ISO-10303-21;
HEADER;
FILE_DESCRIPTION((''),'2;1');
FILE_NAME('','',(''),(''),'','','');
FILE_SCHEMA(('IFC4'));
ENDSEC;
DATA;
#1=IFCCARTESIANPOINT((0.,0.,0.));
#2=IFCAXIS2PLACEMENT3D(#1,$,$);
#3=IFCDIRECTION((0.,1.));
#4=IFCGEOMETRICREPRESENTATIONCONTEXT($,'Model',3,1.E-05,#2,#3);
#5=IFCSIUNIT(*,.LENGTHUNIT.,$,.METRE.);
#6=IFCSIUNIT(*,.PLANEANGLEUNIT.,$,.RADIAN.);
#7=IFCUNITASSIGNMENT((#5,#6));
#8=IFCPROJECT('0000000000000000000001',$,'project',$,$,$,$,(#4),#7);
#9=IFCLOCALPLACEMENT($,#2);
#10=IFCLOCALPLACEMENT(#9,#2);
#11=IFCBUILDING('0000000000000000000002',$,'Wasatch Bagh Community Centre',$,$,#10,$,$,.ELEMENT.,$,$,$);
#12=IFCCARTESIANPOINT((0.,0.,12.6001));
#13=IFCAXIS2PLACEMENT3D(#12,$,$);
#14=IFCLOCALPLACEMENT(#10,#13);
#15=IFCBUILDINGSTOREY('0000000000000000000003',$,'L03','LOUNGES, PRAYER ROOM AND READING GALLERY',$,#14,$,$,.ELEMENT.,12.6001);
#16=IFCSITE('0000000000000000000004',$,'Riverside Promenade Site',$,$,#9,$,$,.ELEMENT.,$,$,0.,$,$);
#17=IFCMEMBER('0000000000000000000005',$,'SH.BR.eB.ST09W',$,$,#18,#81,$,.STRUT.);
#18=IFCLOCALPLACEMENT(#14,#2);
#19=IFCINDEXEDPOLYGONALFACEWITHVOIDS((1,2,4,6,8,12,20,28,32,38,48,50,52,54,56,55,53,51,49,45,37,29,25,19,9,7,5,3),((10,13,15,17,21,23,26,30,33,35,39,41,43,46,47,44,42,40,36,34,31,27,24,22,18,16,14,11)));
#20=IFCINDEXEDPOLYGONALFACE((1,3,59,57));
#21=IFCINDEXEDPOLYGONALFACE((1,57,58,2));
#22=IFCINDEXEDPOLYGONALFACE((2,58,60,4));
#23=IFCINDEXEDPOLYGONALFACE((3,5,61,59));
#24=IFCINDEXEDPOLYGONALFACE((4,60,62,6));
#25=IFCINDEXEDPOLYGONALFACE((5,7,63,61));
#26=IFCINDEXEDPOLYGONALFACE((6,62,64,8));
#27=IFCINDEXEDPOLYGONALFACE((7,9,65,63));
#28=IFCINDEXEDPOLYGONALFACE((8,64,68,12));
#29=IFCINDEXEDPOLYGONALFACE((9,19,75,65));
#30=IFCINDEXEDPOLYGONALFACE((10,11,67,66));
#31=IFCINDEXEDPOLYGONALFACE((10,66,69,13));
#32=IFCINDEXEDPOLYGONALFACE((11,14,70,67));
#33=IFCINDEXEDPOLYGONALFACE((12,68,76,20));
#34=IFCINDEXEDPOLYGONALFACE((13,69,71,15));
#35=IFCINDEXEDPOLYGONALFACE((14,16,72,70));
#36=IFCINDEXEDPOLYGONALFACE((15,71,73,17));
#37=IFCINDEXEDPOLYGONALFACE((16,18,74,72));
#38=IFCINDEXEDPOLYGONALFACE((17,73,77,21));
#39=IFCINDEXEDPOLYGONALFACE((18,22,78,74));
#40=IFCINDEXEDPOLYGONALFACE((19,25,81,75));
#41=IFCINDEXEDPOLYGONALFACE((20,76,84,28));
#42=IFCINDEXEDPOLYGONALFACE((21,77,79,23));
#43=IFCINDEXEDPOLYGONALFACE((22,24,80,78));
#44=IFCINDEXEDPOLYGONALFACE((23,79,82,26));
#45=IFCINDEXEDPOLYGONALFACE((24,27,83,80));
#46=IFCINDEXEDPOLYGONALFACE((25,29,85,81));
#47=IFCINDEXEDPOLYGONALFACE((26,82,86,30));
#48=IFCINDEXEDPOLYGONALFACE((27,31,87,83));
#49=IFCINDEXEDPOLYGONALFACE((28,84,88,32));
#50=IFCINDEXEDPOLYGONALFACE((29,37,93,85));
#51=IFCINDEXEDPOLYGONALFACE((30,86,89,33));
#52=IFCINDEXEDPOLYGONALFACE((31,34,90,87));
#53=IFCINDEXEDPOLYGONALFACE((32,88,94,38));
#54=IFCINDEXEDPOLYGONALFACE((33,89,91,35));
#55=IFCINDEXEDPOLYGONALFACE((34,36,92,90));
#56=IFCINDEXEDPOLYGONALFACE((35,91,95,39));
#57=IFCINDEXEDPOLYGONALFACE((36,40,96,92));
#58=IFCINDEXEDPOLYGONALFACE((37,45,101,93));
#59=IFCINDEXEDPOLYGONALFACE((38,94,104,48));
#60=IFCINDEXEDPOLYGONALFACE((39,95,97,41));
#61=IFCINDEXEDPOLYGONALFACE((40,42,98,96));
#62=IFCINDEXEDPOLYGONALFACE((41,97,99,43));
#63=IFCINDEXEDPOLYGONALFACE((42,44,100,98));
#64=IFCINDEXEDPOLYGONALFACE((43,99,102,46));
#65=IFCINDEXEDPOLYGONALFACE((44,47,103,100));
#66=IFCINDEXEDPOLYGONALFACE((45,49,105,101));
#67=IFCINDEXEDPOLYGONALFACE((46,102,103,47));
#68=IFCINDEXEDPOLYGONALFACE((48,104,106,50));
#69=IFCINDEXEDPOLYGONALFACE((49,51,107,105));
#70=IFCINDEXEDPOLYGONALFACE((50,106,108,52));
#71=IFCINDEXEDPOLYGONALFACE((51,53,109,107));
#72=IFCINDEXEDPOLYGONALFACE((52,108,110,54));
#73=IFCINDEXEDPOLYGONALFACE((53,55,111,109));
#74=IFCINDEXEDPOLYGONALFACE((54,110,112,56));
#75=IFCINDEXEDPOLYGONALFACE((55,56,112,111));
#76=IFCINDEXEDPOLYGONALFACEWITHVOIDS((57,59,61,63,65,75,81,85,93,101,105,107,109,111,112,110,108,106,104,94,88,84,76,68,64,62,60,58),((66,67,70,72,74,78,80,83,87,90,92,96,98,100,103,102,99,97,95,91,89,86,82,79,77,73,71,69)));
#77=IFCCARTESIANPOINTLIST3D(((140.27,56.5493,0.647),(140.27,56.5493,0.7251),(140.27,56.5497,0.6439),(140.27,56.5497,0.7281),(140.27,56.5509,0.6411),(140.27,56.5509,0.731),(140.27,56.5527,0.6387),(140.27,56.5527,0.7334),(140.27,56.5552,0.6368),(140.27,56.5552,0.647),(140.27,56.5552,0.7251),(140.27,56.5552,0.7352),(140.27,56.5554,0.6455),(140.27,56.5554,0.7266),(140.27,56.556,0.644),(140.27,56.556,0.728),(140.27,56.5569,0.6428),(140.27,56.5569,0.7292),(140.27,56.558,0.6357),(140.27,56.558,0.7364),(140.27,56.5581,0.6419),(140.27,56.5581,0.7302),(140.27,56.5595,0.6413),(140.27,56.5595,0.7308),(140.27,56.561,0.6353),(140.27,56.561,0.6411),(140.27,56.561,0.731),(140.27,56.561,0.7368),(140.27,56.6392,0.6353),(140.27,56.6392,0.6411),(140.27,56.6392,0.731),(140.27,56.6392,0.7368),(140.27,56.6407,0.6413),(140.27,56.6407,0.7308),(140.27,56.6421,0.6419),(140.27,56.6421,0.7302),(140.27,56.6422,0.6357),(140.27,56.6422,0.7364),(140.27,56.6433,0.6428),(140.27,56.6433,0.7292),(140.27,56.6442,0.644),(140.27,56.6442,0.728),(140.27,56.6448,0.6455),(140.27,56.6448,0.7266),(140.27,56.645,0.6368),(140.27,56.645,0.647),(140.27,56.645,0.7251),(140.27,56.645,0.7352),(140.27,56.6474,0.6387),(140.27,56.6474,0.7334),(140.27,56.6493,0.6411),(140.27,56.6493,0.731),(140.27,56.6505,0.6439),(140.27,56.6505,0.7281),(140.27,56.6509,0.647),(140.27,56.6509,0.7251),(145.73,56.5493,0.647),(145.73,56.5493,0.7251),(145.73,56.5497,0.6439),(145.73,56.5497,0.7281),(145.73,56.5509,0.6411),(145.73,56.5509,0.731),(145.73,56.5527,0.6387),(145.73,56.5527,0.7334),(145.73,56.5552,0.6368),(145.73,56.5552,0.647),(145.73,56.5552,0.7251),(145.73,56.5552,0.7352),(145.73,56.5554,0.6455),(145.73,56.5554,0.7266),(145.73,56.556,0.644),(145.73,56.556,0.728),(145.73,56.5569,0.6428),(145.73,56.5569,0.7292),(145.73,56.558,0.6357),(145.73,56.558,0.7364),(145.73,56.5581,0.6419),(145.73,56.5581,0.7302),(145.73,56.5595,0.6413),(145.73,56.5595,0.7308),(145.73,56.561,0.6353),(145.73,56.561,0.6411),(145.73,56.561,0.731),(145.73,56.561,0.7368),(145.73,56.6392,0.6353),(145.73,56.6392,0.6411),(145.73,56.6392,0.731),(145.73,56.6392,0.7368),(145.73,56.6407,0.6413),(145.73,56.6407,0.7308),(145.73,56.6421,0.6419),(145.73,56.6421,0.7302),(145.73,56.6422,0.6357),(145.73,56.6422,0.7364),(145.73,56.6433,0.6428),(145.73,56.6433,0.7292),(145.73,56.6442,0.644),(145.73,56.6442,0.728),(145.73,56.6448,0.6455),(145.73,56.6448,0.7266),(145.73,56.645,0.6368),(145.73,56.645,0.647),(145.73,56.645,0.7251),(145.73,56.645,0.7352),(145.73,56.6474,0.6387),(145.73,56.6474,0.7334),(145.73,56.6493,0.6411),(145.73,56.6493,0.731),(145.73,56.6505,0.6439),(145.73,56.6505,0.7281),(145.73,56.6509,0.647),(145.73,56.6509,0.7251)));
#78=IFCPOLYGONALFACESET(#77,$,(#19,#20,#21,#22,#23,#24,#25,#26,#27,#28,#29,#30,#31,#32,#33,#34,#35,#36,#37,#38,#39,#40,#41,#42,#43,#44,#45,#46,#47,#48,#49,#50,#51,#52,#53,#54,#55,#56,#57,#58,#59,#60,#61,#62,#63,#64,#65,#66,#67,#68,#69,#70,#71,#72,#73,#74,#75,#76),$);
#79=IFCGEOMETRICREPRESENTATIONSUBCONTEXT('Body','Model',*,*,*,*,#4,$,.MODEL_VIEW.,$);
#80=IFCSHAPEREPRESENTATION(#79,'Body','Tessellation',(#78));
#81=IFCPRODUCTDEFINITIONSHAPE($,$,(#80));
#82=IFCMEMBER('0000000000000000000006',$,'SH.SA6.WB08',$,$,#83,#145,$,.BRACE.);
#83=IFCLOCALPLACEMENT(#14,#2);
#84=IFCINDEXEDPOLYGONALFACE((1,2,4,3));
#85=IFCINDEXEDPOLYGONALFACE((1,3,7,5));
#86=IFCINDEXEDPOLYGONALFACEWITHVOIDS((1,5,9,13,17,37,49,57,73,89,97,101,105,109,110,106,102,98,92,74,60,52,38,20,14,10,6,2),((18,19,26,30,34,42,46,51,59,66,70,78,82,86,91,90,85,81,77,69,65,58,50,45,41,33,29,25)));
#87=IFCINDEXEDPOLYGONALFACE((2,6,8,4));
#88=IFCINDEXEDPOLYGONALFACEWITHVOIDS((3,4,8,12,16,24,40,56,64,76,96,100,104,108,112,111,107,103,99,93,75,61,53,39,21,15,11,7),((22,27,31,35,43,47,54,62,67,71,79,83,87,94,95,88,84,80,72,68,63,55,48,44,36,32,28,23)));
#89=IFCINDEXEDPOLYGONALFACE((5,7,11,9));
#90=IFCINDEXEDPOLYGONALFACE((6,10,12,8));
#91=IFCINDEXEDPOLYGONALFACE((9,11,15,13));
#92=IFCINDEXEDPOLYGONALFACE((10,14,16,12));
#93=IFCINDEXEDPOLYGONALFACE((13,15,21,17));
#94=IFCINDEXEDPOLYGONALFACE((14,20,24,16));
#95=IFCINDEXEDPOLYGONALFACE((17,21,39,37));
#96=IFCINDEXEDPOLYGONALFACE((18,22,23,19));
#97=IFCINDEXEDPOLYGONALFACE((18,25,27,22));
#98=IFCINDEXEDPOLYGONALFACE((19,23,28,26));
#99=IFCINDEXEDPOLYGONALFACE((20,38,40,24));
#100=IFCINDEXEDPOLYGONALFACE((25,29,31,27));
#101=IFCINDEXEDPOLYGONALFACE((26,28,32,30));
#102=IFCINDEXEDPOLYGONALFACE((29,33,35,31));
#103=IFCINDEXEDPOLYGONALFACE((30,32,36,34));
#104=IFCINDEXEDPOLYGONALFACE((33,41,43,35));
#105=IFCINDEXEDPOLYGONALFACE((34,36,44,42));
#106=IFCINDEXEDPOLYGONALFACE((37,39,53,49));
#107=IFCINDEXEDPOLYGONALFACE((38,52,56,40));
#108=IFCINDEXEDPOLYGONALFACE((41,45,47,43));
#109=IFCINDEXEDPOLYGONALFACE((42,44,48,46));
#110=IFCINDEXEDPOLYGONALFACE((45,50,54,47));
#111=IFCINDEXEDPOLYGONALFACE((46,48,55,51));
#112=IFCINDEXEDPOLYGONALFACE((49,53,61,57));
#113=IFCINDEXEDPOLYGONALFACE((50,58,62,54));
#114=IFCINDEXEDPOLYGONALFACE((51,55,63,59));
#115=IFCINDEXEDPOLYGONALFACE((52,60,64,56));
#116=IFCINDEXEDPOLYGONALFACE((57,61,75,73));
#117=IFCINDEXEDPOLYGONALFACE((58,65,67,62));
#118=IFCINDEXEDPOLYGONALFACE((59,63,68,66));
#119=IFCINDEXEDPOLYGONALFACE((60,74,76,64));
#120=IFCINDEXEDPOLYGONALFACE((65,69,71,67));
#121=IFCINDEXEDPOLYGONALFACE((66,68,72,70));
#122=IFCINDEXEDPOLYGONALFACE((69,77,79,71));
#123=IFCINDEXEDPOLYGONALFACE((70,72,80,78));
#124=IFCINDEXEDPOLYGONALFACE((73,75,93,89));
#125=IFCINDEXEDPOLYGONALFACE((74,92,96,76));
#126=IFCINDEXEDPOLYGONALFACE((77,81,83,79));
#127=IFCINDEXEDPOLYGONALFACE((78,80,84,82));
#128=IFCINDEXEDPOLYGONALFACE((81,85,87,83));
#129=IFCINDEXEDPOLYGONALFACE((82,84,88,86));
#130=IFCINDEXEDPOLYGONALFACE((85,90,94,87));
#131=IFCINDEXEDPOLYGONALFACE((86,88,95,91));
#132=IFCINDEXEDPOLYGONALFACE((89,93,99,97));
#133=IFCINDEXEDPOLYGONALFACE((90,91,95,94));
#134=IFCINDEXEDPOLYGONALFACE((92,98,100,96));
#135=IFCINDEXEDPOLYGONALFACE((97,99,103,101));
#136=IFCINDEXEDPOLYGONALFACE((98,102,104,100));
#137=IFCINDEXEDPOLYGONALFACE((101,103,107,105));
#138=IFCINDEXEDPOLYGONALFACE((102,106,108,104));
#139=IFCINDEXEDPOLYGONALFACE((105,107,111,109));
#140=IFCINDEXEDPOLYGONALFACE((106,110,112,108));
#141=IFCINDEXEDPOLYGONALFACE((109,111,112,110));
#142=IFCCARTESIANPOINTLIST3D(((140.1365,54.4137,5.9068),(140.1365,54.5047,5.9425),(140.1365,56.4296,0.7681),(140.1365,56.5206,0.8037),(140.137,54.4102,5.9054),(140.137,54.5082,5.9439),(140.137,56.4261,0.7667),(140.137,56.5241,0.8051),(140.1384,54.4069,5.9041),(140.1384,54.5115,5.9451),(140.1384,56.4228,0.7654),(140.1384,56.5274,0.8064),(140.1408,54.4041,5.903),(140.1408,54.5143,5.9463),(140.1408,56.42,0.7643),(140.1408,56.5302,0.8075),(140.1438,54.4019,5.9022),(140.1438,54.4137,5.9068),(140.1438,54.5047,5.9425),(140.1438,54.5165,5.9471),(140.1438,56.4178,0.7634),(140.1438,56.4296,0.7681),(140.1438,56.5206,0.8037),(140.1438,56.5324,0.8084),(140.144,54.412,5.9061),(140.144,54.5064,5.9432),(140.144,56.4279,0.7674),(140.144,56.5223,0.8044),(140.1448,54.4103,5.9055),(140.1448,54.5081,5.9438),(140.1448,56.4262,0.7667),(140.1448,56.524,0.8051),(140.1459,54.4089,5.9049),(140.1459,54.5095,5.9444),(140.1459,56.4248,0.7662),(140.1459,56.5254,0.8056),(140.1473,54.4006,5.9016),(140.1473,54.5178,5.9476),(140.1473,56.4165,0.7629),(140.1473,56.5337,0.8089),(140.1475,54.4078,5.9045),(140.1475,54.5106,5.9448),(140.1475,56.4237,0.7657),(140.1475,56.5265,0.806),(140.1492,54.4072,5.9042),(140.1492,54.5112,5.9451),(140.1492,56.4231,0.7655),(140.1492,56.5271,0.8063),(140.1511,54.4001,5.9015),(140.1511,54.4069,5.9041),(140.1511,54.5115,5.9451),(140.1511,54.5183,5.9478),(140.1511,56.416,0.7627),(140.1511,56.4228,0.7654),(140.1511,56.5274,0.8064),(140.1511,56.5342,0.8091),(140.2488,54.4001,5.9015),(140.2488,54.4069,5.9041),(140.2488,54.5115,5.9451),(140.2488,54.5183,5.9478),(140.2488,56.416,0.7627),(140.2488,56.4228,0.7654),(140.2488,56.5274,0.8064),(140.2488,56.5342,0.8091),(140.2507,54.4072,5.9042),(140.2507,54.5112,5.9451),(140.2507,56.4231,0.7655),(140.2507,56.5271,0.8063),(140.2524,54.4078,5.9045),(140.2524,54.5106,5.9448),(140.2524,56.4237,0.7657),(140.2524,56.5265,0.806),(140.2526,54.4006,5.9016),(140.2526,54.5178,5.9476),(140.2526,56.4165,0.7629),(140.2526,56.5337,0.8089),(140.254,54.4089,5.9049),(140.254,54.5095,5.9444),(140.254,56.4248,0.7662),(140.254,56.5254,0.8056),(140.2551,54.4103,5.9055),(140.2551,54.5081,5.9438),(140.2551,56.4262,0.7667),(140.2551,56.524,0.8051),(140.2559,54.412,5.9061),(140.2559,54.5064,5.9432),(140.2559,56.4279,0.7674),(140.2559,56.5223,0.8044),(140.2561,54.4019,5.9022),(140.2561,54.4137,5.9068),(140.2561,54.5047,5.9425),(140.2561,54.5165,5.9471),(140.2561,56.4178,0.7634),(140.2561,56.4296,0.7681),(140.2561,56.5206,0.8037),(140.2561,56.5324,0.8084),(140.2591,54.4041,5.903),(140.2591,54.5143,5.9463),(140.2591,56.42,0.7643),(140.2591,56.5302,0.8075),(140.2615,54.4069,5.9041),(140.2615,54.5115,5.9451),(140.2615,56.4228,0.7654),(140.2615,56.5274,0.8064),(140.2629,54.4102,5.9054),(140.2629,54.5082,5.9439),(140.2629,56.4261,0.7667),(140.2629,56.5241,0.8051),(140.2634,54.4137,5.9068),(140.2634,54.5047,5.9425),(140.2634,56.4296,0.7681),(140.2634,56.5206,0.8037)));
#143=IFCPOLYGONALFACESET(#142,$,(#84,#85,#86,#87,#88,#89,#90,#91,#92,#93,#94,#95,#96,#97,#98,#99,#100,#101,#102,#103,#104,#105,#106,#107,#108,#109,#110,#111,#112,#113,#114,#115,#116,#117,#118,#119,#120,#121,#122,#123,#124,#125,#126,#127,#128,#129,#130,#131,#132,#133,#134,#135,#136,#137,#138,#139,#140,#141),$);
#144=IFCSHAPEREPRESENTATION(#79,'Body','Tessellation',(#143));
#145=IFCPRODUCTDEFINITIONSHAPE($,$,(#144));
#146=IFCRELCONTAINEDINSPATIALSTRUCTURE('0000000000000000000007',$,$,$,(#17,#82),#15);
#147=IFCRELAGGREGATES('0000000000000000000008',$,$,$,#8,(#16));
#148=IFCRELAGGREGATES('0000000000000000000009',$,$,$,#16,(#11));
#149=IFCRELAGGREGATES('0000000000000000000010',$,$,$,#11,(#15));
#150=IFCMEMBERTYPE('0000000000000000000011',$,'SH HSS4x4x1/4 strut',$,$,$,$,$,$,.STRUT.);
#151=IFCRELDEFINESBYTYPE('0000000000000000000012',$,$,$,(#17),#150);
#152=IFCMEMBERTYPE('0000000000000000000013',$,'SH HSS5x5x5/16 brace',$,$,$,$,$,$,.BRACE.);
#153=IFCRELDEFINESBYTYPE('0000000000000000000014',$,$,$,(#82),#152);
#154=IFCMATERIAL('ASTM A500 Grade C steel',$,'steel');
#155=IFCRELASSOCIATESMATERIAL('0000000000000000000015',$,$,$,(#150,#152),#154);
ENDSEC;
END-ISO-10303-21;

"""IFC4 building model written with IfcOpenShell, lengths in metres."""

from ifc_helpers import new_model, si_unit, direction, frame, origin, origin_2d, place, context, subcontext, project, spatial, hollow_rectangle, extrude, material, material_profile, profile_set, type_object, element, save


model = new_model("IFC4")

# Units and contexts
model_context = context("Model", 3, precision=1e-05, world=origin(), true_north=direction((0.0, 1.0)))
body_context = subcontext(model_context, "Body", "Model", "MODEL_VIEW")
ifc_project = project(units=[si_unit("LENGTHUNIT", "METRE"), si_unit("PLANEANGLEUNIT", "RADIAN")], contexts=[model_context])

# Site, building, storey
site_placement = place(None, origin())
site = spatial("IfcSite", under=ifc_project, at=site_placement, Name="Riverside Promenade Site", CompositionType="ELEMENT", RefElevation=0.0)
building_placement = place(site_placement, origin())
building = spatial("IfcBuilding", under=site, at=building_placement, Name="Wasatch Bagh Community Centre", CompositionType="ELEMENT")
storey_placement = place(building_placement, frame((0.0, 0.0, 12.6001)))
storey = spatial("IfcBuildingStorey", under=building, at=storey_placement, Name="L03", Description="LOUNGES, PRAYER ROOM AND READING GALLERY", CompositionType="ELEMENT", Elevation=12.6001)

# Members
ifc_material_1 = material(Name="ASTM A500 Grade C steel", Category="steel")
ifc_material_profile_1 = material_profile(ifc_material_1, hollow_rectangle(XDim=0.1016, YDim=0.1016, WallThickness=0.0059, InnerFilletRadius=0.0059, OuterFilletRadius=0.0117, at=origin_2d()), Name="HSS4x4x1/4")
ifc_profile_set_1 = profile_set([ifc_material_profile_1], Name="ASTM A500 Grade C steel")
member_type_1 = type_object("IfcMemberType", Name="SH HSS4x4x1/4 strut", PredefinedType="STRUT", material=ifc_profile_set_1)
member_1_placement = place(storey_placement, frame((140.27, 56.6001, 0.686), z_axis=(1.0, 0.0, 0.0), x_axis=(0.0, 1.0, 0.0)))
element("IfcMember", 1, at=member_1_placement, inside=storey, type_object=member_type_1, Name="SH.BR.eB.ST09W", PredefinedType="STRUT", context=body_context, shape_type="SweptSolid", body=[
    extrude(hollow_rectangle(XDim=0.1016, YDim=0.1016, WallThickness=0.0059, InnerFilletRadius=0.0059, OuterFilletRadius=0.0117, at=origin_2d()), origin(), (0.0, 0.0, 1.0), 5.46),
])
ifc_material_profile_2 = material_profile(ifc_material_1, hollow_rectangle(XDim=0.127, YDim=0.127, WallThickness=0.0073, InnerFilletRadius=0.0073, OuterFilletRadius=0.0146, at=origin_2d()), Name="HSS5x5x5/16")
ifc_profile_set_2 = profile_set([ifc_material_profile_2], Name="ASTM A500 Grade C steel")
member_type_2 = type_object("IfcMemberType", Name="SH HSS5x5x5/16 brace", PredefinedType="BRACE", material=ifc_profile_set_2)
member_2_placement = place(storey_placement, frame((140.2, 56.4751, 0.7859), z_axis=(0.0, -0.365198, 0.93093), x_axis=(1.0, 0.0, 0.0)))
element("IfcMember", 2, at=member_2_placement, inside=storey, type_object=member_type_2, Name="SH.SA6.WB08", PredefinedType="BRACE", context=body_context, shape_type="SweptSolid", body=[
    extrude(hollow_rectangle(XDim=0.127, YDim=0.127, WallThickness=0.0073, InnerFilletRadius=0.0073, OuterFilletRadius=0.0146, at=origin_2d()), origin(), (0.0, 0.0, 1.0), 5.52),
])

save(model, "model.ifc")
